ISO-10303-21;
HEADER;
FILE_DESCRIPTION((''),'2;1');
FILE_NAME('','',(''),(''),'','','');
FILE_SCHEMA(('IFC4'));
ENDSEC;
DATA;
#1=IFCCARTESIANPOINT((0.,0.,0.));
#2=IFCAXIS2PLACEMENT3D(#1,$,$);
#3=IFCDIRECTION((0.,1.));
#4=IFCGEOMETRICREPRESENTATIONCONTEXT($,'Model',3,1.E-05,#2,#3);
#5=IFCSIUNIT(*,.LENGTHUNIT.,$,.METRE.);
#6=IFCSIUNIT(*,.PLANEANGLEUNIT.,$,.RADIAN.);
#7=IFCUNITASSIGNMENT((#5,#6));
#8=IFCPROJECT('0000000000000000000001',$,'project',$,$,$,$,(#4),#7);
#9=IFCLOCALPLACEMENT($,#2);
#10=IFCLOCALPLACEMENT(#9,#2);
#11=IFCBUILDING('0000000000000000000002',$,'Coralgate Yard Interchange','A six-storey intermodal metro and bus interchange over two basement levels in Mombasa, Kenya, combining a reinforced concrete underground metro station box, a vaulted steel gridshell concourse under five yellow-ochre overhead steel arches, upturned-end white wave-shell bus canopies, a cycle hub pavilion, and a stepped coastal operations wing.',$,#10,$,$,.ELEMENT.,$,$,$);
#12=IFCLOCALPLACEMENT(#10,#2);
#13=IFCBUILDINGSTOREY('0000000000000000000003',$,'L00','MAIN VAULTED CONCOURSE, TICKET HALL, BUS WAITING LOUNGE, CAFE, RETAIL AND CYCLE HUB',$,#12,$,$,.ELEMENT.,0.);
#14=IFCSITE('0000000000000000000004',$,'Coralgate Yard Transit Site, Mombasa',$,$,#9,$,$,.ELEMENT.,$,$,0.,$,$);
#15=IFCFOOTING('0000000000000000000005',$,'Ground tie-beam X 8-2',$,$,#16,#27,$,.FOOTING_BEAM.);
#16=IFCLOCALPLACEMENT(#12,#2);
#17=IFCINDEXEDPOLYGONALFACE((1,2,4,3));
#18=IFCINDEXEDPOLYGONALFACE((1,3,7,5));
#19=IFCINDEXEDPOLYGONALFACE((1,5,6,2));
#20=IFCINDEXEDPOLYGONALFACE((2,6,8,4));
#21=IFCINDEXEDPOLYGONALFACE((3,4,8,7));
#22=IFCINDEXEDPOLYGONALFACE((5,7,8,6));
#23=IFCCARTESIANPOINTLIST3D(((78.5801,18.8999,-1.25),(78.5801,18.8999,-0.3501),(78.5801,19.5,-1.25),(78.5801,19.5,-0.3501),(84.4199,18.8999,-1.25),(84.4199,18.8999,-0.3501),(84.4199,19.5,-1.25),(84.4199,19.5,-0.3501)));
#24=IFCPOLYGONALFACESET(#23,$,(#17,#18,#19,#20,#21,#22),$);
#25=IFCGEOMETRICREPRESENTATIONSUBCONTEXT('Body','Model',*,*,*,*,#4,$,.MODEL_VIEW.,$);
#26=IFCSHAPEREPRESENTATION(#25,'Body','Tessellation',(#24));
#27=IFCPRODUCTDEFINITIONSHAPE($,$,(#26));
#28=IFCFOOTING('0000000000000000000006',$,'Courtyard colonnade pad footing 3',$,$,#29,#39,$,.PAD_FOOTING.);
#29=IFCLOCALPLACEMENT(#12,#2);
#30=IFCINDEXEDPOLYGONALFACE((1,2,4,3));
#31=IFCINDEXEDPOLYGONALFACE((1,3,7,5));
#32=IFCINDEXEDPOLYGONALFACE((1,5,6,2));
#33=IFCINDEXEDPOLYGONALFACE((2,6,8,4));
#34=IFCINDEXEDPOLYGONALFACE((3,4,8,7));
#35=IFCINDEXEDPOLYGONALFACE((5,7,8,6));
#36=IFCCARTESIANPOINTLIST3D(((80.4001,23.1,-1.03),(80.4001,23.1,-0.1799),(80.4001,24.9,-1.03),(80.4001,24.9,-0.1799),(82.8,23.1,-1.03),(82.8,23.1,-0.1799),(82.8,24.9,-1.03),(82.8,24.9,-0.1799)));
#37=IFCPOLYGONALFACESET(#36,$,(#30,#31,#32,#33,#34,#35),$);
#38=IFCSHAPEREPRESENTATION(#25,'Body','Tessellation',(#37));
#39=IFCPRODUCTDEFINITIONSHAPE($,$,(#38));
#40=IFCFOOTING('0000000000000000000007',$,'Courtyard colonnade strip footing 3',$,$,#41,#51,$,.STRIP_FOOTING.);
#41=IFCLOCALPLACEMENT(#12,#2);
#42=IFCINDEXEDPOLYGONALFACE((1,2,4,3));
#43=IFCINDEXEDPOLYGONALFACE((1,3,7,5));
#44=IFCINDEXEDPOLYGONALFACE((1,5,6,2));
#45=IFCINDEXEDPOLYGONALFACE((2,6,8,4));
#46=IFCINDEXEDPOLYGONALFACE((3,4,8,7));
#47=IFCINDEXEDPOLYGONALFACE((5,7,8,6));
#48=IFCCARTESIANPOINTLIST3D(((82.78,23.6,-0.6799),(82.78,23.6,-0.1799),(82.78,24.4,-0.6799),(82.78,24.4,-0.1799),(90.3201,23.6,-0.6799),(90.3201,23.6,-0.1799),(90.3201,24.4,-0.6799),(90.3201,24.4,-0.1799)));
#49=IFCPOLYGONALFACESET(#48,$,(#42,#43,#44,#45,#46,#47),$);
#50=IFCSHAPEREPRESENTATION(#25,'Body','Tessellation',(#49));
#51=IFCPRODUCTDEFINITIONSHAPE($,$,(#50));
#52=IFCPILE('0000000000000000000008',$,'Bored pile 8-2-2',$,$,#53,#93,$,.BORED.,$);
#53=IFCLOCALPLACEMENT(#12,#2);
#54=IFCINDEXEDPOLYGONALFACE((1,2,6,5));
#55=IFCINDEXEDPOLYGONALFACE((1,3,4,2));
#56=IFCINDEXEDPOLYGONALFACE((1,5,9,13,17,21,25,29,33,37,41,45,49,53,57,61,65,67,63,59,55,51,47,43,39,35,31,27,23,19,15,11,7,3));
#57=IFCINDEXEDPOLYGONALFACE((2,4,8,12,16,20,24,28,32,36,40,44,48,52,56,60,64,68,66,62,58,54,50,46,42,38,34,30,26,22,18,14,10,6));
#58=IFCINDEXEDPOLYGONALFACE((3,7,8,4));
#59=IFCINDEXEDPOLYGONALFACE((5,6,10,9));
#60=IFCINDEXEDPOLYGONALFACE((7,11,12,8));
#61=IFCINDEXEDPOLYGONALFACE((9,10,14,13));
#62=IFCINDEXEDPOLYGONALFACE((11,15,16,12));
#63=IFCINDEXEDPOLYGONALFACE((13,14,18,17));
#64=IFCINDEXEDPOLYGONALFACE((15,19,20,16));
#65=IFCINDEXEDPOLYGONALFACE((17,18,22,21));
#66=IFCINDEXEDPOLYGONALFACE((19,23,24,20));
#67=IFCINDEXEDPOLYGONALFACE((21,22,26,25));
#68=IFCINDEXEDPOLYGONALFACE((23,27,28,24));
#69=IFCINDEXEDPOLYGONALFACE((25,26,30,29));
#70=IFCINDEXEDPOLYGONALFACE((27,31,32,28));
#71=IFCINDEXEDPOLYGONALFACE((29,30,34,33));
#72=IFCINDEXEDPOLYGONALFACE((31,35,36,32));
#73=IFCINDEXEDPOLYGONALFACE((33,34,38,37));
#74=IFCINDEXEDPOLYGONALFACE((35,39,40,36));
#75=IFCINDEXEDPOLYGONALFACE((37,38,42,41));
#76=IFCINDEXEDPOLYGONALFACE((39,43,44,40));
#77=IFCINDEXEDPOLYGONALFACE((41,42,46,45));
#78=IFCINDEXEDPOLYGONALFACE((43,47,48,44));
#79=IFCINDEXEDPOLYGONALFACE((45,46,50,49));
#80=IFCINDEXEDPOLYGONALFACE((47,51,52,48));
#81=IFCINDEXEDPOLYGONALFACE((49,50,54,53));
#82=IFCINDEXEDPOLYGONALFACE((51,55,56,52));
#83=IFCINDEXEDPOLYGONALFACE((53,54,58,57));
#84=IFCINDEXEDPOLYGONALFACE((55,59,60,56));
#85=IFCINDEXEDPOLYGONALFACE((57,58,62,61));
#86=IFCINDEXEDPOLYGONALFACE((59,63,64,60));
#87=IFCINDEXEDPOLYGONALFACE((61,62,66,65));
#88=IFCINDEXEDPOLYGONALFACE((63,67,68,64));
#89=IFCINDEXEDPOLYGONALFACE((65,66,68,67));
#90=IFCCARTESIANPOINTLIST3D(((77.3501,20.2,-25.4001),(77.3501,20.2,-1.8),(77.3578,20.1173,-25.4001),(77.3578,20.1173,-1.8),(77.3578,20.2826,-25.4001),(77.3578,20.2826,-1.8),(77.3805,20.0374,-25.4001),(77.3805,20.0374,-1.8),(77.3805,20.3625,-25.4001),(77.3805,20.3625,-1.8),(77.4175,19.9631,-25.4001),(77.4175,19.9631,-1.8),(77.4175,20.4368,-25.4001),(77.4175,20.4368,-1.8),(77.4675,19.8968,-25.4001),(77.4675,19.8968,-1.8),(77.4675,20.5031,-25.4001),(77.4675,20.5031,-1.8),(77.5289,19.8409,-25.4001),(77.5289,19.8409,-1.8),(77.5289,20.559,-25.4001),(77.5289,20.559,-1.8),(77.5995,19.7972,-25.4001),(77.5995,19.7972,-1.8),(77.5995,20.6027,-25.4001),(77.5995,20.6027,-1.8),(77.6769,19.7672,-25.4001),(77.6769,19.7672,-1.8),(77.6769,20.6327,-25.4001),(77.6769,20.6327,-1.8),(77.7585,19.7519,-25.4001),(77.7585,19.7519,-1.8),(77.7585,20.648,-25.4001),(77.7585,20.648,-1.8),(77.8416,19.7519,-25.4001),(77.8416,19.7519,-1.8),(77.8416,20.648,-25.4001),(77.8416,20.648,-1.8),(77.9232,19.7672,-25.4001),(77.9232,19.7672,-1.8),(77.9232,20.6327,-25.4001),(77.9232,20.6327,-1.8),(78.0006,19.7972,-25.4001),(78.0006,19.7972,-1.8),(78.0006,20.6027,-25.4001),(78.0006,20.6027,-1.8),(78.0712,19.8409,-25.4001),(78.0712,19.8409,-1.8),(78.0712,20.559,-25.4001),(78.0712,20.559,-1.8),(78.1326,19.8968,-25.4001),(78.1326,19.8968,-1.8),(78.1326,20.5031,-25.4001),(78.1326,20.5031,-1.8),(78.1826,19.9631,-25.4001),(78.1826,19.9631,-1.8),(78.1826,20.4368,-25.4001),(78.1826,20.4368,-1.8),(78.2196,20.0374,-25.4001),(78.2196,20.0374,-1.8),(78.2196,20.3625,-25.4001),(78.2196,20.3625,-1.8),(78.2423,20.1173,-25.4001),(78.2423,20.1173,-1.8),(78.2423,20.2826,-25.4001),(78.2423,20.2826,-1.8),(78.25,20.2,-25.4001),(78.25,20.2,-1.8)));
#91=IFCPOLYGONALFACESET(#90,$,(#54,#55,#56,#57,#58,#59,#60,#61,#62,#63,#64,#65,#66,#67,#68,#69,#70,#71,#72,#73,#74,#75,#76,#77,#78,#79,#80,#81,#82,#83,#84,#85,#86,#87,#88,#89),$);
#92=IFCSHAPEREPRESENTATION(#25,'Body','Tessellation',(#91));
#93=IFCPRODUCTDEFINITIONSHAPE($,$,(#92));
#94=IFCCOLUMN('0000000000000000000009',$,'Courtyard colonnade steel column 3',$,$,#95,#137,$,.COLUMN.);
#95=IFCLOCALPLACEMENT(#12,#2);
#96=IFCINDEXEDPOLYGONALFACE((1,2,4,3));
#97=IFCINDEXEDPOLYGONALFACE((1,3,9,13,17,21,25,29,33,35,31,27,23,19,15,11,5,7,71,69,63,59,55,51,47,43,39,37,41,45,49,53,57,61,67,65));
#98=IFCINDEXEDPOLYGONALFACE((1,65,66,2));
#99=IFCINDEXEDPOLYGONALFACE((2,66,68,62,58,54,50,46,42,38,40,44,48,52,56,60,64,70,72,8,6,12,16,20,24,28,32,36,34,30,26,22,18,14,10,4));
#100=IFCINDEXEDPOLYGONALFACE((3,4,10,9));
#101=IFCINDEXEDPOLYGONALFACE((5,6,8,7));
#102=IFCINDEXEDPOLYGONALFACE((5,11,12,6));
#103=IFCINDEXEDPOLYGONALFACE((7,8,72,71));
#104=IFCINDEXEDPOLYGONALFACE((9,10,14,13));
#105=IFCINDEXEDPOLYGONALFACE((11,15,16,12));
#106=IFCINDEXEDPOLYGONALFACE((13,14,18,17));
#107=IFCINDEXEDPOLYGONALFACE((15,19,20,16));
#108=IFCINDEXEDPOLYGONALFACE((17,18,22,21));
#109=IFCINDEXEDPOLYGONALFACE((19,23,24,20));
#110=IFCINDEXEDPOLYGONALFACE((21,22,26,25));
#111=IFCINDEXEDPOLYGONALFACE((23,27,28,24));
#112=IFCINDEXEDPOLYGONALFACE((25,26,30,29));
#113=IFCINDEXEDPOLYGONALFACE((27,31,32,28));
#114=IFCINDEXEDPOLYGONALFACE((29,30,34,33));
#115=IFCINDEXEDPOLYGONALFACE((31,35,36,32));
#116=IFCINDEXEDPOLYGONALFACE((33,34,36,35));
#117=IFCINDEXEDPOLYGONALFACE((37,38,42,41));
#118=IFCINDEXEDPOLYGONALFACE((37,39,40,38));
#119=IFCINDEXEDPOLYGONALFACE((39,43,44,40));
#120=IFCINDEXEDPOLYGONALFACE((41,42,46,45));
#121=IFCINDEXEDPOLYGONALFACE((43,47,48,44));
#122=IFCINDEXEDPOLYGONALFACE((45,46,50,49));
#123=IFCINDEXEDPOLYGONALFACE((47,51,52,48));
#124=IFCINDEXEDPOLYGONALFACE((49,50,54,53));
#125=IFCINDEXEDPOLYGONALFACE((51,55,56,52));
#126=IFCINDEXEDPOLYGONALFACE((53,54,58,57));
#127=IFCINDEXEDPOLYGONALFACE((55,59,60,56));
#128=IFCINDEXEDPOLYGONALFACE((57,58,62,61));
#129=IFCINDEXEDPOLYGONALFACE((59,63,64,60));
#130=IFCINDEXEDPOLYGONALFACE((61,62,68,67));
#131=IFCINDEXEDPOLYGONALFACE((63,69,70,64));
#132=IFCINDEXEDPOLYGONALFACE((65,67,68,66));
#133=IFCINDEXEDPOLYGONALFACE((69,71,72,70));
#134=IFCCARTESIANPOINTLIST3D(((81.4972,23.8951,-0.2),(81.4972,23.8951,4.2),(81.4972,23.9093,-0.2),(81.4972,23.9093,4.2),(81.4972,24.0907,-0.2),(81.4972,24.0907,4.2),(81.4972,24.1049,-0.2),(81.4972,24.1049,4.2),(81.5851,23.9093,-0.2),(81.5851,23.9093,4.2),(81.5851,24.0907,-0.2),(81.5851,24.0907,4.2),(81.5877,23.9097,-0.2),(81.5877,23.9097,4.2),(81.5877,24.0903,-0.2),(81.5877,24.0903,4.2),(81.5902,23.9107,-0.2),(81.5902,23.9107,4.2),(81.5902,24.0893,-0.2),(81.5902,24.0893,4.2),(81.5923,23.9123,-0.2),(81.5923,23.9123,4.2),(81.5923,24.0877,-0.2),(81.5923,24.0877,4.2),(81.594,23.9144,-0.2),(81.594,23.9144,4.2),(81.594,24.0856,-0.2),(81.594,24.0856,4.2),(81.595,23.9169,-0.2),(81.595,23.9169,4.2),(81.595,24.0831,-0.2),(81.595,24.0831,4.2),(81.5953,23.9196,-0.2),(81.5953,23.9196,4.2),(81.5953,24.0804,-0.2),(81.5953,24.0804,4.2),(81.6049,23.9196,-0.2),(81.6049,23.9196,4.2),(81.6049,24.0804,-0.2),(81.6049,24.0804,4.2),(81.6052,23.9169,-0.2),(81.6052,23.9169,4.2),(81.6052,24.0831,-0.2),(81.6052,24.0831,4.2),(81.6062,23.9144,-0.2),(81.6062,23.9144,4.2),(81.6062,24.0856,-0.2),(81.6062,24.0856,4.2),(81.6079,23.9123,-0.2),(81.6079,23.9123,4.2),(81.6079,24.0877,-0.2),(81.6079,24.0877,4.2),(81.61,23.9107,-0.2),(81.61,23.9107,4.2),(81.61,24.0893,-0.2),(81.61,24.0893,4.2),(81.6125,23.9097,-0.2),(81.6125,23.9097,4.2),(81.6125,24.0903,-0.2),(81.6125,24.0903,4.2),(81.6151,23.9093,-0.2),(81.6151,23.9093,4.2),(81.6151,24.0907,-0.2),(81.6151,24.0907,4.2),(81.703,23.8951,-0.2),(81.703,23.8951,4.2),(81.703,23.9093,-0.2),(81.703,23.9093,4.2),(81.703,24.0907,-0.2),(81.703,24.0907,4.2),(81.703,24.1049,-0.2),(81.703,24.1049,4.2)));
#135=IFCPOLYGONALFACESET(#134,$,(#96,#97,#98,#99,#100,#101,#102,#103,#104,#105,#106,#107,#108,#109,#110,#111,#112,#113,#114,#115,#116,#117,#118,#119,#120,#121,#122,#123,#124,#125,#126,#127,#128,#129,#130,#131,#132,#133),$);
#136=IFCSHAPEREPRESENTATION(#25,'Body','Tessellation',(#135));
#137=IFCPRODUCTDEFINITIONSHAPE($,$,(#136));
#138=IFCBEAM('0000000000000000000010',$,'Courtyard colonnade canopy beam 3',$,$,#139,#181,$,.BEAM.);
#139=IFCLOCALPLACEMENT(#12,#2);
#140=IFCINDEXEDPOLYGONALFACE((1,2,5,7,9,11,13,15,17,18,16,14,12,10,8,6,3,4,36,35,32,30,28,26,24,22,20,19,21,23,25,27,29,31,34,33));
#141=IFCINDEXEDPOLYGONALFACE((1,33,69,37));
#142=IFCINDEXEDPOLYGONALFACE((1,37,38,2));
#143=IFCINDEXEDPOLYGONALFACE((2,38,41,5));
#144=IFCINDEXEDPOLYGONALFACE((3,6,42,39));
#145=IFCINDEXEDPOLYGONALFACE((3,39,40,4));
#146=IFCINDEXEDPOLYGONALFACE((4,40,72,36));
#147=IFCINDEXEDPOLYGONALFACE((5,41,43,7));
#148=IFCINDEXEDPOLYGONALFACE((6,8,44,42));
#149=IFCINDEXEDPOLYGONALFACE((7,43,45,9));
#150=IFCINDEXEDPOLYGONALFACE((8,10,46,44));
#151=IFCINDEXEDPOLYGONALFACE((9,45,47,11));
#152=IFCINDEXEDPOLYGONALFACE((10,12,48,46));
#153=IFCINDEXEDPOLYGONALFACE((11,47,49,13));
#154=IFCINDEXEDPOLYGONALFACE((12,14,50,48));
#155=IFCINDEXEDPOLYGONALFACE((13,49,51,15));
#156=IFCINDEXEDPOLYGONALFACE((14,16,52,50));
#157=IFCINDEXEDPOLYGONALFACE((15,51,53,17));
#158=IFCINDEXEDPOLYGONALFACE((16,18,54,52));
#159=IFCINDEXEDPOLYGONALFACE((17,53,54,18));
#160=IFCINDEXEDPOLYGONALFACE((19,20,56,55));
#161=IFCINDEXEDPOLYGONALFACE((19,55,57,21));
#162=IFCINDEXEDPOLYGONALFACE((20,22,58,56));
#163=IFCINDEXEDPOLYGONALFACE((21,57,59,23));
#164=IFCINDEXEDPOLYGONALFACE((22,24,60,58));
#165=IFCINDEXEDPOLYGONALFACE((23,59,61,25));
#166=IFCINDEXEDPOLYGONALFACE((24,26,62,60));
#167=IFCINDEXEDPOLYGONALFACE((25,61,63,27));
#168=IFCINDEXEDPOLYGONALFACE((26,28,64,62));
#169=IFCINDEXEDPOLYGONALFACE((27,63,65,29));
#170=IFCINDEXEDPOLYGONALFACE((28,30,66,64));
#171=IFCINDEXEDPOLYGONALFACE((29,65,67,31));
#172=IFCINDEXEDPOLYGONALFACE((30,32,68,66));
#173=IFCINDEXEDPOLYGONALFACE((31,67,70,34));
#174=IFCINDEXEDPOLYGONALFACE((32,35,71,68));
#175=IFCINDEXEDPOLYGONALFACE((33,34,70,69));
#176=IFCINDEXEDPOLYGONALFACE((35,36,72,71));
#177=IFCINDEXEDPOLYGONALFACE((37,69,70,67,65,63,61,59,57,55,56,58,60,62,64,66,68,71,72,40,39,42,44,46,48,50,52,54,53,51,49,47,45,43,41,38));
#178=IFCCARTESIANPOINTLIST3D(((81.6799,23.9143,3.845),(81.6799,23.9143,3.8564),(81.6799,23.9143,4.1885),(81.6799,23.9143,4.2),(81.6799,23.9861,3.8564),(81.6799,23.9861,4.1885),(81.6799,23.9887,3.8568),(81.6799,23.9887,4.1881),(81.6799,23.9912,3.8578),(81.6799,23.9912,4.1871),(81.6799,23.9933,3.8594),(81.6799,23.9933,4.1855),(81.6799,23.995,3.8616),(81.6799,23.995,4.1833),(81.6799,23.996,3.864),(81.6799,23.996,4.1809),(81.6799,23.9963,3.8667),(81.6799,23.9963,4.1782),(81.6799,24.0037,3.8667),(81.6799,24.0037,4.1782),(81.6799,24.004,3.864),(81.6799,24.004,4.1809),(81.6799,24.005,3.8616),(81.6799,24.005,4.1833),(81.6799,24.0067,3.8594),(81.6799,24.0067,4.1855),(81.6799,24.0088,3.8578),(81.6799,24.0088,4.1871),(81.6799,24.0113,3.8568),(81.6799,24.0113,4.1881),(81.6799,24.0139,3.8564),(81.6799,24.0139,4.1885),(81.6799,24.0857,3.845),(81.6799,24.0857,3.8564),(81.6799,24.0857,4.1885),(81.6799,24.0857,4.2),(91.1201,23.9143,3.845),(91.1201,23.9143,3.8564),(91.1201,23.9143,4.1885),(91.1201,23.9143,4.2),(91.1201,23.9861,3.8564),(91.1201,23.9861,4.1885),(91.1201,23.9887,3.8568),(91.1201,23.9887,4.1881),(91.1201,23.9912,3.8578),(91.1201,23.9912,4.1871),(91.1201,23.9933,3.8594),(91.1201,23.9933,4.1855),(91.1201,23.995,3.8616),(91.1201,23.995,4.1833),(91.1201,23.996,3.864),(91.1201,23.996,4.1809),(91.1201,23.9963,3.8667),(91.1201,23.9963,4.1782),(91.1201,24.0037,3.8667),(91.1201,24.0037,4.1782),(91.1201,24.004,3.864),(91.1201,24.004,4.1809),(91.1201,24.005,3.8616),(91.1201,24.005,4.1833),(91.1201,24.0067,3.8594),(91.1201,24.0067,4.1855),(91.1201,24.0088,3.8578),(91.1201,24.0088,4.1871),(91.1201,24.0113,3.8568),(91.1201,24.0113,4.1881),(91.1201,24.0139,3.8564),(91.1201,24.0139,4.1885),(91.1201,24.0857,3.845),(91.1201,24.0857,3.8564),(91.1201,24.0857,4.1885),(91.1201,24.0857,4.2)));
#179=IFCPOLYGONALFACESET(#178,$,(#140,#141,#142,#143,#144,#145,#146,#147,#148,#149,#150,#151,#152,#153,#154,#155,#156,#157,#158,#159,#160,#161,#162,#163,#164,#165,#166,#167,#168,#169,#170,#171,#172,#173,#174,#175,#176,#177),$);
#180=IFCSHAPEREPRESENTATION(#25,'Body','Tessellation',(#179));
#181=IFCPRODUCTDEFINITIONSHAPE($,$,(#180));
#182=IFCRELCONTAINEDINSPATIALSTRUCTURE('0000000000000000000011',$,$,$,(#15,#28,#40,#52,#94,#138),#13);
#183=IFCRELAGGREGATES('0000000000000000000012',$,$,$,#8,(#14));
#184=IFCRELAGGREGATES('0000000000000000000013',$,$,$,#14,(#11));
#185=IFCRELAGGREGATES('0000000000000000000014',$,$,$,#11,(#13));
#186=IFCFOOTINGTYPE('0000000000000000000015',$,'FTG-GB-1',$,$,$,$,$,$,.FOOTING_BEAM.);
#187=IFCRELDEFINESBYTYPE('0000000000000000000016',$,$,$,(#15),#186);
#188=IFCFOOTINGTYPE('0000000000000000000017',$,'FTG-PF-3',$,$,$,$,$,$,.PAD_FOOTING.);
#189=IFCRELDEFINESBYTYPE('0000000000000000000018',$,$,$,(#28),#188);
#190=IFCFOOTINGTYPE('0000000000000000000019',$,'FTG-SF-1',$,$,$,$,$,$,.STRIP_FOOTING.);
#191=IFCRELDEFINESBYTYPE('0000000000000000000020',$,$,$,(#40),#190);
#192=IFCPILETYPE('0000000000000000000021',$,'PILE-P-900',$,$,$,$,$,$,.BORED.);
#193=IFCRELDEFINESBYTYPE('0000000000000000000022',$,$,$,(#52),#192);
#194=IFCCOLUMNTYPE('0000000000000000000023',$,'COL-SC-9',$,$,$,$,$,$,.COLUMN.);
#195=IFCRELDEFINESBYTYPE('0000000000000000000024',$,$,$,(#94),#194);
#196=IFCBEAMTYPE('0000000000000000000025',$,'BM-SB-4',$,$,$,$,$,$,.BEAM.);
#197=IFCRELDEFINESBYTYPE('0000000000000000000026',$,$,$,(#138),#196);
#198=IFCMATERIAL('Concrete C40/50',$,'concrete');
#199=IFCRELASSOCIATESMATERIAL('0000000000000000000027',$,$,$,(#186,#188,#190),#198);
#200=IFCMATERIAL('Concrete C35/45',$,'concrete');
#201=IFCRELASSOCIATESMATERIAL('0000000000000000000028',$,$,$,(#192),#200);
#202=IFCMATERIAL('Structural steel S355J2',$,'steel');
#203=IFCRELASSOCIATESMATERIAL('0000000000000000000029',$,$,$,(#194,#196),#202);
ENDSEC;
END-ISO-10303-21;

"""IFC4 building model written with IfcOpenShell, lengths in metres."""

from ifc_helpers import new_model, si_unit, direction, frame, origin, origin_2d, place, context, subcontext, project, spatial, rectangle, circle, i_section, extrude, material, material_profile, profile_set, type_object, element, save


model = new_model("IFC4")

# Units and contexts
model_context = context("Model", 3, precision=1e-05, world=origin(), true_north=direction((0.0, 1.0)))
body_context = subcontext(model_context, "Body", "Model", "MODEL_VIEW")
ifc_project = project(units=[si_unit("LENGTHUNIT", "METRE"), si_unit("PLANEANGLEUNIT", "RADIAN")], contexts=[model_context])

# Site, building, storey
site_placement = place(None, origin())
site = spatial("IfcSite", under=ifc_project, at=site_placement, Name="Coralgate Yard Transit Site, Mombasa", CompositionType="ELEMENT", RefElevation=0.0)
building_placement = place(site_placement, origin())
building = spatial("IfcBuilding", under=site, at=building_placement, Name="Coralgate Yard Interchange", Description="A six-storey intermodal metro and bus interchange over two basement levels in Mombasa, Kenya, combining a reinforced concrete underground metro station box, a vaulted steel gridshell concourse under five yellow-ochre overhead steel arches, upturned-end white wave-shell bus canopies, a cycle hub pavilion, and a stepped coastal operations wing.", CompositionType="ELEMENT")
storey_placement = place(building_placement, origin())
storey = spatial("IfcBuildingStorey", under=building, at=storey_placement, Name="L00", Description="MAIN VAULTED CONCOURSE, TICKET HALL, BUS WAITING LOUNGE, CAFE, RETAIL AND CYCLE HUB", CompositionType="ELEMENT", Elevation=0.0)

# Footings
ifc_material_1 = material(Name="Concrete C40/50", Category="concrete")
ifc_material_profile_1 = material_profile(ifc_material_1, rectangle(XDim=0.6001, YDim=0.8999, at=origin_2d()), Name="RC 600x900")
ifc_profile_set_1 = profile_set([ifc_material_profile_1], Name="Concrete C40/50")
footing_type_1 = type_object("IfcFootingType", Name="FTG-GB-1", PredefinedType="FOOTING_BEAM", material=ifc_profile_set_1)
footing_1_placement = place(storey_placement, frame((78.5801, 19.2, -0.8), z_axis=(1.0, 0.0, 0.0), x_axis=(0.0, 1.0, 0.0)))
element("IfcFooting", 1, at=footing_1_placement, inside=storey, type_object=footing_type_1, Name="Ground tie-beam X 8-2", PredefinedType="FOOTING_BEAM", context=body_context, shape_type="SweptSolid", body=[
    extrude(rectangle(XDim=0.6001, YDim=0.8999, at=origin_2d()), origin(), (0.0, 0.0, 1.0), 5.8398),
])
footing_type_2 = type_object("IfcFootingType", Name="FTG-PF-3", PredefinedType="PAD_FOOTING", material=ifc_material_1)
footing_2_placement = place(storey_placement, frame((81.6001, 24.0, -1.03), z_axis=(0.0, 0.0, 1.0), x_axis=(1.0, 0.0, 0.0)))
element("IfcFooting", 2, at=footing_2_placement, inside=storey, type_object=footing_type_2, Name="Courtyard colonnade pad footing 3", PredefinedType="PAD_FOOTING", context=body_context, shape_type="SweptSolid", body=[
    extrude(rectangle(XDim=2.3999, YDim=1.8, at=origin_2d()), origin(), (0.0, 0.0, 1.0), 0.8501),
])
ifc_material_profile_2 = material_profile(ifc_material_1, rectangle(XDim=0.8, YDim=0.5, at=origin_2d()), Name="RC 800x500")
ifc_profile_set_2 = profile_set([ifc_material_profile_2], Name="Concrete C40/50")
footing_type_3 = type_object("IfcFootingType", Name="FTG-SF-1", PredefinedType="STRIP_FOOTING", material=ifc_profile_set_2)
footing_3_placement = place(storey_placement, frame((82.78, 24.0, -0.4299), z_axis=(1.0, 0.0, 0.0), x_axis=(0.0, 1.0, 0.0)))
element("IfcFooting", 3, at=footing_3_placement, inside=storey, type_object=footing_type_3, Name="Courtyard colonnade strip footing 3", PredefinedType="STRIP_FOOTING", context=body_context, shape_type="SweptSolid", body=[
    extrude(rectangle(XDim=0.8, YDim=0.5, at=origin_2d()), origin(), (0.0, 0.0, 1.0), 7.54),
])

# Pile
ifc_material_2 = material(Name="Concrete C35/45", Category="concrete")
ifc_material_profile_3 = material_profile(ifc_material_2, circle(Radius=0.45, at=origin_2d()), Name="BORED PILE D900")
ifc_profile_set_3 = profile_set([ifc_material_profile_3], Name="Concrete C35/45")
pile_type = type_object("IfcPileType", Name="PILE-P-900", PredefinedType="BORED", material=ifc_profile_set_3)
pile_placement = place(storey_placement, frame((77.8, 20.2, -1.8), z_axis=(0.0, 0.0, -1.0), x_axis=(1.0, 0.0, 0.0)))
element("IfcPile", 4, at=pile_placement, inside=storey, type_object=pile_type, Name="Bored pile 8-2-2", PredefinedType="BORED", context=body_context, shape_type="SweptSolid", body=[
    extrude(circle(Radius=0.45, at=origin_2d()), origin(), (0.0, 0.0, 1.0), 23.6001),
])

# Column
ifc_material_3 = material(Name="Structural steel S355J2", Category="steel")
ifc_material_profile_4 = material_profile(ifc_material_3, i_section(OverallWidth=0.2058, OverallDepth=0.2097, WebThickness=0.0095, FlangeThickness=0.0142, FilletRadius=0.0103, at=origin_2d()), Name="UC 203x203x60")
ifc_profile_set_4 = profile_set([ifc_material_profile_4], Name="Structural steel S355J2")
column_type = type_object("IfcColumnType", Name="COL-SC-9", PredefinedType="COLUMN", material=ifc_profile_set_4)
column_placement = place(storey_placement, frame((81.6001, 24.0, -0.2), z_axis=(0.0, 0.0, 1.0), x_axis=(1.0, 0.0, 0.0)))
element("IfcColumn", 5, at=column_placement, inside=storey, type_object=column_type, Name="Courtyard colonnade steel column 3", PredefinedType="COLUMN", context=body_context, shape_type="SweptSolid", body=[
    extrude(i_section(OverallWidth=0.2058, OverallDepth=0.2097, WebThickness=0.0095, FlangeThickness=0.0142, FilletRadius=0.0103, at=origin_2d()), origin(), (0.0, 0.0, 1.0), 4.3999),
])

# Beam
ifc_material_profile_5 = material_profile(ifc_material_3, i_section(OverallWidth=0.1714, OverallDepth=0.355, WebThickness=0.0073, FlangeThickness=0.0115, FilletRadius=0.0103, at=origin_2d()), Name="UB 356x171x51")
ifc_profile_set_5 = profile_set([ifc_material_profile_5], Name="Structural steel S355J2")
beam_type = type_object("IfcBeamType", Name="BM-SB-4", PredefinedType="BEAM", material=ifc_profile_set_5)
beam_placement = place(storey_placement, frame((81.6799, 24.0, 4.0225), z_axis=(1.0, 0.0, 0.0), x_axis=(0.0, 1.0, 0.0)))
element("IfcBeam", 6, at=beam_placement, inside=storey, type_object=beam_type, Name="Courtyard colonnade canopy beam 3", PredefinedType="BEAM", context=body_context, shape_type="SweptSolid", body=[
    extrude(i_section(OverallWidth=0.1714, OverallDepth=0.355, WebThickness=0.0073, FlangeThickness=0.0115, FilletRadius=0.0103, at=origin_2d()), origin(), (0.0, 0.0, 1.0), 9.4402),
])

save(model, "model.ifc")
